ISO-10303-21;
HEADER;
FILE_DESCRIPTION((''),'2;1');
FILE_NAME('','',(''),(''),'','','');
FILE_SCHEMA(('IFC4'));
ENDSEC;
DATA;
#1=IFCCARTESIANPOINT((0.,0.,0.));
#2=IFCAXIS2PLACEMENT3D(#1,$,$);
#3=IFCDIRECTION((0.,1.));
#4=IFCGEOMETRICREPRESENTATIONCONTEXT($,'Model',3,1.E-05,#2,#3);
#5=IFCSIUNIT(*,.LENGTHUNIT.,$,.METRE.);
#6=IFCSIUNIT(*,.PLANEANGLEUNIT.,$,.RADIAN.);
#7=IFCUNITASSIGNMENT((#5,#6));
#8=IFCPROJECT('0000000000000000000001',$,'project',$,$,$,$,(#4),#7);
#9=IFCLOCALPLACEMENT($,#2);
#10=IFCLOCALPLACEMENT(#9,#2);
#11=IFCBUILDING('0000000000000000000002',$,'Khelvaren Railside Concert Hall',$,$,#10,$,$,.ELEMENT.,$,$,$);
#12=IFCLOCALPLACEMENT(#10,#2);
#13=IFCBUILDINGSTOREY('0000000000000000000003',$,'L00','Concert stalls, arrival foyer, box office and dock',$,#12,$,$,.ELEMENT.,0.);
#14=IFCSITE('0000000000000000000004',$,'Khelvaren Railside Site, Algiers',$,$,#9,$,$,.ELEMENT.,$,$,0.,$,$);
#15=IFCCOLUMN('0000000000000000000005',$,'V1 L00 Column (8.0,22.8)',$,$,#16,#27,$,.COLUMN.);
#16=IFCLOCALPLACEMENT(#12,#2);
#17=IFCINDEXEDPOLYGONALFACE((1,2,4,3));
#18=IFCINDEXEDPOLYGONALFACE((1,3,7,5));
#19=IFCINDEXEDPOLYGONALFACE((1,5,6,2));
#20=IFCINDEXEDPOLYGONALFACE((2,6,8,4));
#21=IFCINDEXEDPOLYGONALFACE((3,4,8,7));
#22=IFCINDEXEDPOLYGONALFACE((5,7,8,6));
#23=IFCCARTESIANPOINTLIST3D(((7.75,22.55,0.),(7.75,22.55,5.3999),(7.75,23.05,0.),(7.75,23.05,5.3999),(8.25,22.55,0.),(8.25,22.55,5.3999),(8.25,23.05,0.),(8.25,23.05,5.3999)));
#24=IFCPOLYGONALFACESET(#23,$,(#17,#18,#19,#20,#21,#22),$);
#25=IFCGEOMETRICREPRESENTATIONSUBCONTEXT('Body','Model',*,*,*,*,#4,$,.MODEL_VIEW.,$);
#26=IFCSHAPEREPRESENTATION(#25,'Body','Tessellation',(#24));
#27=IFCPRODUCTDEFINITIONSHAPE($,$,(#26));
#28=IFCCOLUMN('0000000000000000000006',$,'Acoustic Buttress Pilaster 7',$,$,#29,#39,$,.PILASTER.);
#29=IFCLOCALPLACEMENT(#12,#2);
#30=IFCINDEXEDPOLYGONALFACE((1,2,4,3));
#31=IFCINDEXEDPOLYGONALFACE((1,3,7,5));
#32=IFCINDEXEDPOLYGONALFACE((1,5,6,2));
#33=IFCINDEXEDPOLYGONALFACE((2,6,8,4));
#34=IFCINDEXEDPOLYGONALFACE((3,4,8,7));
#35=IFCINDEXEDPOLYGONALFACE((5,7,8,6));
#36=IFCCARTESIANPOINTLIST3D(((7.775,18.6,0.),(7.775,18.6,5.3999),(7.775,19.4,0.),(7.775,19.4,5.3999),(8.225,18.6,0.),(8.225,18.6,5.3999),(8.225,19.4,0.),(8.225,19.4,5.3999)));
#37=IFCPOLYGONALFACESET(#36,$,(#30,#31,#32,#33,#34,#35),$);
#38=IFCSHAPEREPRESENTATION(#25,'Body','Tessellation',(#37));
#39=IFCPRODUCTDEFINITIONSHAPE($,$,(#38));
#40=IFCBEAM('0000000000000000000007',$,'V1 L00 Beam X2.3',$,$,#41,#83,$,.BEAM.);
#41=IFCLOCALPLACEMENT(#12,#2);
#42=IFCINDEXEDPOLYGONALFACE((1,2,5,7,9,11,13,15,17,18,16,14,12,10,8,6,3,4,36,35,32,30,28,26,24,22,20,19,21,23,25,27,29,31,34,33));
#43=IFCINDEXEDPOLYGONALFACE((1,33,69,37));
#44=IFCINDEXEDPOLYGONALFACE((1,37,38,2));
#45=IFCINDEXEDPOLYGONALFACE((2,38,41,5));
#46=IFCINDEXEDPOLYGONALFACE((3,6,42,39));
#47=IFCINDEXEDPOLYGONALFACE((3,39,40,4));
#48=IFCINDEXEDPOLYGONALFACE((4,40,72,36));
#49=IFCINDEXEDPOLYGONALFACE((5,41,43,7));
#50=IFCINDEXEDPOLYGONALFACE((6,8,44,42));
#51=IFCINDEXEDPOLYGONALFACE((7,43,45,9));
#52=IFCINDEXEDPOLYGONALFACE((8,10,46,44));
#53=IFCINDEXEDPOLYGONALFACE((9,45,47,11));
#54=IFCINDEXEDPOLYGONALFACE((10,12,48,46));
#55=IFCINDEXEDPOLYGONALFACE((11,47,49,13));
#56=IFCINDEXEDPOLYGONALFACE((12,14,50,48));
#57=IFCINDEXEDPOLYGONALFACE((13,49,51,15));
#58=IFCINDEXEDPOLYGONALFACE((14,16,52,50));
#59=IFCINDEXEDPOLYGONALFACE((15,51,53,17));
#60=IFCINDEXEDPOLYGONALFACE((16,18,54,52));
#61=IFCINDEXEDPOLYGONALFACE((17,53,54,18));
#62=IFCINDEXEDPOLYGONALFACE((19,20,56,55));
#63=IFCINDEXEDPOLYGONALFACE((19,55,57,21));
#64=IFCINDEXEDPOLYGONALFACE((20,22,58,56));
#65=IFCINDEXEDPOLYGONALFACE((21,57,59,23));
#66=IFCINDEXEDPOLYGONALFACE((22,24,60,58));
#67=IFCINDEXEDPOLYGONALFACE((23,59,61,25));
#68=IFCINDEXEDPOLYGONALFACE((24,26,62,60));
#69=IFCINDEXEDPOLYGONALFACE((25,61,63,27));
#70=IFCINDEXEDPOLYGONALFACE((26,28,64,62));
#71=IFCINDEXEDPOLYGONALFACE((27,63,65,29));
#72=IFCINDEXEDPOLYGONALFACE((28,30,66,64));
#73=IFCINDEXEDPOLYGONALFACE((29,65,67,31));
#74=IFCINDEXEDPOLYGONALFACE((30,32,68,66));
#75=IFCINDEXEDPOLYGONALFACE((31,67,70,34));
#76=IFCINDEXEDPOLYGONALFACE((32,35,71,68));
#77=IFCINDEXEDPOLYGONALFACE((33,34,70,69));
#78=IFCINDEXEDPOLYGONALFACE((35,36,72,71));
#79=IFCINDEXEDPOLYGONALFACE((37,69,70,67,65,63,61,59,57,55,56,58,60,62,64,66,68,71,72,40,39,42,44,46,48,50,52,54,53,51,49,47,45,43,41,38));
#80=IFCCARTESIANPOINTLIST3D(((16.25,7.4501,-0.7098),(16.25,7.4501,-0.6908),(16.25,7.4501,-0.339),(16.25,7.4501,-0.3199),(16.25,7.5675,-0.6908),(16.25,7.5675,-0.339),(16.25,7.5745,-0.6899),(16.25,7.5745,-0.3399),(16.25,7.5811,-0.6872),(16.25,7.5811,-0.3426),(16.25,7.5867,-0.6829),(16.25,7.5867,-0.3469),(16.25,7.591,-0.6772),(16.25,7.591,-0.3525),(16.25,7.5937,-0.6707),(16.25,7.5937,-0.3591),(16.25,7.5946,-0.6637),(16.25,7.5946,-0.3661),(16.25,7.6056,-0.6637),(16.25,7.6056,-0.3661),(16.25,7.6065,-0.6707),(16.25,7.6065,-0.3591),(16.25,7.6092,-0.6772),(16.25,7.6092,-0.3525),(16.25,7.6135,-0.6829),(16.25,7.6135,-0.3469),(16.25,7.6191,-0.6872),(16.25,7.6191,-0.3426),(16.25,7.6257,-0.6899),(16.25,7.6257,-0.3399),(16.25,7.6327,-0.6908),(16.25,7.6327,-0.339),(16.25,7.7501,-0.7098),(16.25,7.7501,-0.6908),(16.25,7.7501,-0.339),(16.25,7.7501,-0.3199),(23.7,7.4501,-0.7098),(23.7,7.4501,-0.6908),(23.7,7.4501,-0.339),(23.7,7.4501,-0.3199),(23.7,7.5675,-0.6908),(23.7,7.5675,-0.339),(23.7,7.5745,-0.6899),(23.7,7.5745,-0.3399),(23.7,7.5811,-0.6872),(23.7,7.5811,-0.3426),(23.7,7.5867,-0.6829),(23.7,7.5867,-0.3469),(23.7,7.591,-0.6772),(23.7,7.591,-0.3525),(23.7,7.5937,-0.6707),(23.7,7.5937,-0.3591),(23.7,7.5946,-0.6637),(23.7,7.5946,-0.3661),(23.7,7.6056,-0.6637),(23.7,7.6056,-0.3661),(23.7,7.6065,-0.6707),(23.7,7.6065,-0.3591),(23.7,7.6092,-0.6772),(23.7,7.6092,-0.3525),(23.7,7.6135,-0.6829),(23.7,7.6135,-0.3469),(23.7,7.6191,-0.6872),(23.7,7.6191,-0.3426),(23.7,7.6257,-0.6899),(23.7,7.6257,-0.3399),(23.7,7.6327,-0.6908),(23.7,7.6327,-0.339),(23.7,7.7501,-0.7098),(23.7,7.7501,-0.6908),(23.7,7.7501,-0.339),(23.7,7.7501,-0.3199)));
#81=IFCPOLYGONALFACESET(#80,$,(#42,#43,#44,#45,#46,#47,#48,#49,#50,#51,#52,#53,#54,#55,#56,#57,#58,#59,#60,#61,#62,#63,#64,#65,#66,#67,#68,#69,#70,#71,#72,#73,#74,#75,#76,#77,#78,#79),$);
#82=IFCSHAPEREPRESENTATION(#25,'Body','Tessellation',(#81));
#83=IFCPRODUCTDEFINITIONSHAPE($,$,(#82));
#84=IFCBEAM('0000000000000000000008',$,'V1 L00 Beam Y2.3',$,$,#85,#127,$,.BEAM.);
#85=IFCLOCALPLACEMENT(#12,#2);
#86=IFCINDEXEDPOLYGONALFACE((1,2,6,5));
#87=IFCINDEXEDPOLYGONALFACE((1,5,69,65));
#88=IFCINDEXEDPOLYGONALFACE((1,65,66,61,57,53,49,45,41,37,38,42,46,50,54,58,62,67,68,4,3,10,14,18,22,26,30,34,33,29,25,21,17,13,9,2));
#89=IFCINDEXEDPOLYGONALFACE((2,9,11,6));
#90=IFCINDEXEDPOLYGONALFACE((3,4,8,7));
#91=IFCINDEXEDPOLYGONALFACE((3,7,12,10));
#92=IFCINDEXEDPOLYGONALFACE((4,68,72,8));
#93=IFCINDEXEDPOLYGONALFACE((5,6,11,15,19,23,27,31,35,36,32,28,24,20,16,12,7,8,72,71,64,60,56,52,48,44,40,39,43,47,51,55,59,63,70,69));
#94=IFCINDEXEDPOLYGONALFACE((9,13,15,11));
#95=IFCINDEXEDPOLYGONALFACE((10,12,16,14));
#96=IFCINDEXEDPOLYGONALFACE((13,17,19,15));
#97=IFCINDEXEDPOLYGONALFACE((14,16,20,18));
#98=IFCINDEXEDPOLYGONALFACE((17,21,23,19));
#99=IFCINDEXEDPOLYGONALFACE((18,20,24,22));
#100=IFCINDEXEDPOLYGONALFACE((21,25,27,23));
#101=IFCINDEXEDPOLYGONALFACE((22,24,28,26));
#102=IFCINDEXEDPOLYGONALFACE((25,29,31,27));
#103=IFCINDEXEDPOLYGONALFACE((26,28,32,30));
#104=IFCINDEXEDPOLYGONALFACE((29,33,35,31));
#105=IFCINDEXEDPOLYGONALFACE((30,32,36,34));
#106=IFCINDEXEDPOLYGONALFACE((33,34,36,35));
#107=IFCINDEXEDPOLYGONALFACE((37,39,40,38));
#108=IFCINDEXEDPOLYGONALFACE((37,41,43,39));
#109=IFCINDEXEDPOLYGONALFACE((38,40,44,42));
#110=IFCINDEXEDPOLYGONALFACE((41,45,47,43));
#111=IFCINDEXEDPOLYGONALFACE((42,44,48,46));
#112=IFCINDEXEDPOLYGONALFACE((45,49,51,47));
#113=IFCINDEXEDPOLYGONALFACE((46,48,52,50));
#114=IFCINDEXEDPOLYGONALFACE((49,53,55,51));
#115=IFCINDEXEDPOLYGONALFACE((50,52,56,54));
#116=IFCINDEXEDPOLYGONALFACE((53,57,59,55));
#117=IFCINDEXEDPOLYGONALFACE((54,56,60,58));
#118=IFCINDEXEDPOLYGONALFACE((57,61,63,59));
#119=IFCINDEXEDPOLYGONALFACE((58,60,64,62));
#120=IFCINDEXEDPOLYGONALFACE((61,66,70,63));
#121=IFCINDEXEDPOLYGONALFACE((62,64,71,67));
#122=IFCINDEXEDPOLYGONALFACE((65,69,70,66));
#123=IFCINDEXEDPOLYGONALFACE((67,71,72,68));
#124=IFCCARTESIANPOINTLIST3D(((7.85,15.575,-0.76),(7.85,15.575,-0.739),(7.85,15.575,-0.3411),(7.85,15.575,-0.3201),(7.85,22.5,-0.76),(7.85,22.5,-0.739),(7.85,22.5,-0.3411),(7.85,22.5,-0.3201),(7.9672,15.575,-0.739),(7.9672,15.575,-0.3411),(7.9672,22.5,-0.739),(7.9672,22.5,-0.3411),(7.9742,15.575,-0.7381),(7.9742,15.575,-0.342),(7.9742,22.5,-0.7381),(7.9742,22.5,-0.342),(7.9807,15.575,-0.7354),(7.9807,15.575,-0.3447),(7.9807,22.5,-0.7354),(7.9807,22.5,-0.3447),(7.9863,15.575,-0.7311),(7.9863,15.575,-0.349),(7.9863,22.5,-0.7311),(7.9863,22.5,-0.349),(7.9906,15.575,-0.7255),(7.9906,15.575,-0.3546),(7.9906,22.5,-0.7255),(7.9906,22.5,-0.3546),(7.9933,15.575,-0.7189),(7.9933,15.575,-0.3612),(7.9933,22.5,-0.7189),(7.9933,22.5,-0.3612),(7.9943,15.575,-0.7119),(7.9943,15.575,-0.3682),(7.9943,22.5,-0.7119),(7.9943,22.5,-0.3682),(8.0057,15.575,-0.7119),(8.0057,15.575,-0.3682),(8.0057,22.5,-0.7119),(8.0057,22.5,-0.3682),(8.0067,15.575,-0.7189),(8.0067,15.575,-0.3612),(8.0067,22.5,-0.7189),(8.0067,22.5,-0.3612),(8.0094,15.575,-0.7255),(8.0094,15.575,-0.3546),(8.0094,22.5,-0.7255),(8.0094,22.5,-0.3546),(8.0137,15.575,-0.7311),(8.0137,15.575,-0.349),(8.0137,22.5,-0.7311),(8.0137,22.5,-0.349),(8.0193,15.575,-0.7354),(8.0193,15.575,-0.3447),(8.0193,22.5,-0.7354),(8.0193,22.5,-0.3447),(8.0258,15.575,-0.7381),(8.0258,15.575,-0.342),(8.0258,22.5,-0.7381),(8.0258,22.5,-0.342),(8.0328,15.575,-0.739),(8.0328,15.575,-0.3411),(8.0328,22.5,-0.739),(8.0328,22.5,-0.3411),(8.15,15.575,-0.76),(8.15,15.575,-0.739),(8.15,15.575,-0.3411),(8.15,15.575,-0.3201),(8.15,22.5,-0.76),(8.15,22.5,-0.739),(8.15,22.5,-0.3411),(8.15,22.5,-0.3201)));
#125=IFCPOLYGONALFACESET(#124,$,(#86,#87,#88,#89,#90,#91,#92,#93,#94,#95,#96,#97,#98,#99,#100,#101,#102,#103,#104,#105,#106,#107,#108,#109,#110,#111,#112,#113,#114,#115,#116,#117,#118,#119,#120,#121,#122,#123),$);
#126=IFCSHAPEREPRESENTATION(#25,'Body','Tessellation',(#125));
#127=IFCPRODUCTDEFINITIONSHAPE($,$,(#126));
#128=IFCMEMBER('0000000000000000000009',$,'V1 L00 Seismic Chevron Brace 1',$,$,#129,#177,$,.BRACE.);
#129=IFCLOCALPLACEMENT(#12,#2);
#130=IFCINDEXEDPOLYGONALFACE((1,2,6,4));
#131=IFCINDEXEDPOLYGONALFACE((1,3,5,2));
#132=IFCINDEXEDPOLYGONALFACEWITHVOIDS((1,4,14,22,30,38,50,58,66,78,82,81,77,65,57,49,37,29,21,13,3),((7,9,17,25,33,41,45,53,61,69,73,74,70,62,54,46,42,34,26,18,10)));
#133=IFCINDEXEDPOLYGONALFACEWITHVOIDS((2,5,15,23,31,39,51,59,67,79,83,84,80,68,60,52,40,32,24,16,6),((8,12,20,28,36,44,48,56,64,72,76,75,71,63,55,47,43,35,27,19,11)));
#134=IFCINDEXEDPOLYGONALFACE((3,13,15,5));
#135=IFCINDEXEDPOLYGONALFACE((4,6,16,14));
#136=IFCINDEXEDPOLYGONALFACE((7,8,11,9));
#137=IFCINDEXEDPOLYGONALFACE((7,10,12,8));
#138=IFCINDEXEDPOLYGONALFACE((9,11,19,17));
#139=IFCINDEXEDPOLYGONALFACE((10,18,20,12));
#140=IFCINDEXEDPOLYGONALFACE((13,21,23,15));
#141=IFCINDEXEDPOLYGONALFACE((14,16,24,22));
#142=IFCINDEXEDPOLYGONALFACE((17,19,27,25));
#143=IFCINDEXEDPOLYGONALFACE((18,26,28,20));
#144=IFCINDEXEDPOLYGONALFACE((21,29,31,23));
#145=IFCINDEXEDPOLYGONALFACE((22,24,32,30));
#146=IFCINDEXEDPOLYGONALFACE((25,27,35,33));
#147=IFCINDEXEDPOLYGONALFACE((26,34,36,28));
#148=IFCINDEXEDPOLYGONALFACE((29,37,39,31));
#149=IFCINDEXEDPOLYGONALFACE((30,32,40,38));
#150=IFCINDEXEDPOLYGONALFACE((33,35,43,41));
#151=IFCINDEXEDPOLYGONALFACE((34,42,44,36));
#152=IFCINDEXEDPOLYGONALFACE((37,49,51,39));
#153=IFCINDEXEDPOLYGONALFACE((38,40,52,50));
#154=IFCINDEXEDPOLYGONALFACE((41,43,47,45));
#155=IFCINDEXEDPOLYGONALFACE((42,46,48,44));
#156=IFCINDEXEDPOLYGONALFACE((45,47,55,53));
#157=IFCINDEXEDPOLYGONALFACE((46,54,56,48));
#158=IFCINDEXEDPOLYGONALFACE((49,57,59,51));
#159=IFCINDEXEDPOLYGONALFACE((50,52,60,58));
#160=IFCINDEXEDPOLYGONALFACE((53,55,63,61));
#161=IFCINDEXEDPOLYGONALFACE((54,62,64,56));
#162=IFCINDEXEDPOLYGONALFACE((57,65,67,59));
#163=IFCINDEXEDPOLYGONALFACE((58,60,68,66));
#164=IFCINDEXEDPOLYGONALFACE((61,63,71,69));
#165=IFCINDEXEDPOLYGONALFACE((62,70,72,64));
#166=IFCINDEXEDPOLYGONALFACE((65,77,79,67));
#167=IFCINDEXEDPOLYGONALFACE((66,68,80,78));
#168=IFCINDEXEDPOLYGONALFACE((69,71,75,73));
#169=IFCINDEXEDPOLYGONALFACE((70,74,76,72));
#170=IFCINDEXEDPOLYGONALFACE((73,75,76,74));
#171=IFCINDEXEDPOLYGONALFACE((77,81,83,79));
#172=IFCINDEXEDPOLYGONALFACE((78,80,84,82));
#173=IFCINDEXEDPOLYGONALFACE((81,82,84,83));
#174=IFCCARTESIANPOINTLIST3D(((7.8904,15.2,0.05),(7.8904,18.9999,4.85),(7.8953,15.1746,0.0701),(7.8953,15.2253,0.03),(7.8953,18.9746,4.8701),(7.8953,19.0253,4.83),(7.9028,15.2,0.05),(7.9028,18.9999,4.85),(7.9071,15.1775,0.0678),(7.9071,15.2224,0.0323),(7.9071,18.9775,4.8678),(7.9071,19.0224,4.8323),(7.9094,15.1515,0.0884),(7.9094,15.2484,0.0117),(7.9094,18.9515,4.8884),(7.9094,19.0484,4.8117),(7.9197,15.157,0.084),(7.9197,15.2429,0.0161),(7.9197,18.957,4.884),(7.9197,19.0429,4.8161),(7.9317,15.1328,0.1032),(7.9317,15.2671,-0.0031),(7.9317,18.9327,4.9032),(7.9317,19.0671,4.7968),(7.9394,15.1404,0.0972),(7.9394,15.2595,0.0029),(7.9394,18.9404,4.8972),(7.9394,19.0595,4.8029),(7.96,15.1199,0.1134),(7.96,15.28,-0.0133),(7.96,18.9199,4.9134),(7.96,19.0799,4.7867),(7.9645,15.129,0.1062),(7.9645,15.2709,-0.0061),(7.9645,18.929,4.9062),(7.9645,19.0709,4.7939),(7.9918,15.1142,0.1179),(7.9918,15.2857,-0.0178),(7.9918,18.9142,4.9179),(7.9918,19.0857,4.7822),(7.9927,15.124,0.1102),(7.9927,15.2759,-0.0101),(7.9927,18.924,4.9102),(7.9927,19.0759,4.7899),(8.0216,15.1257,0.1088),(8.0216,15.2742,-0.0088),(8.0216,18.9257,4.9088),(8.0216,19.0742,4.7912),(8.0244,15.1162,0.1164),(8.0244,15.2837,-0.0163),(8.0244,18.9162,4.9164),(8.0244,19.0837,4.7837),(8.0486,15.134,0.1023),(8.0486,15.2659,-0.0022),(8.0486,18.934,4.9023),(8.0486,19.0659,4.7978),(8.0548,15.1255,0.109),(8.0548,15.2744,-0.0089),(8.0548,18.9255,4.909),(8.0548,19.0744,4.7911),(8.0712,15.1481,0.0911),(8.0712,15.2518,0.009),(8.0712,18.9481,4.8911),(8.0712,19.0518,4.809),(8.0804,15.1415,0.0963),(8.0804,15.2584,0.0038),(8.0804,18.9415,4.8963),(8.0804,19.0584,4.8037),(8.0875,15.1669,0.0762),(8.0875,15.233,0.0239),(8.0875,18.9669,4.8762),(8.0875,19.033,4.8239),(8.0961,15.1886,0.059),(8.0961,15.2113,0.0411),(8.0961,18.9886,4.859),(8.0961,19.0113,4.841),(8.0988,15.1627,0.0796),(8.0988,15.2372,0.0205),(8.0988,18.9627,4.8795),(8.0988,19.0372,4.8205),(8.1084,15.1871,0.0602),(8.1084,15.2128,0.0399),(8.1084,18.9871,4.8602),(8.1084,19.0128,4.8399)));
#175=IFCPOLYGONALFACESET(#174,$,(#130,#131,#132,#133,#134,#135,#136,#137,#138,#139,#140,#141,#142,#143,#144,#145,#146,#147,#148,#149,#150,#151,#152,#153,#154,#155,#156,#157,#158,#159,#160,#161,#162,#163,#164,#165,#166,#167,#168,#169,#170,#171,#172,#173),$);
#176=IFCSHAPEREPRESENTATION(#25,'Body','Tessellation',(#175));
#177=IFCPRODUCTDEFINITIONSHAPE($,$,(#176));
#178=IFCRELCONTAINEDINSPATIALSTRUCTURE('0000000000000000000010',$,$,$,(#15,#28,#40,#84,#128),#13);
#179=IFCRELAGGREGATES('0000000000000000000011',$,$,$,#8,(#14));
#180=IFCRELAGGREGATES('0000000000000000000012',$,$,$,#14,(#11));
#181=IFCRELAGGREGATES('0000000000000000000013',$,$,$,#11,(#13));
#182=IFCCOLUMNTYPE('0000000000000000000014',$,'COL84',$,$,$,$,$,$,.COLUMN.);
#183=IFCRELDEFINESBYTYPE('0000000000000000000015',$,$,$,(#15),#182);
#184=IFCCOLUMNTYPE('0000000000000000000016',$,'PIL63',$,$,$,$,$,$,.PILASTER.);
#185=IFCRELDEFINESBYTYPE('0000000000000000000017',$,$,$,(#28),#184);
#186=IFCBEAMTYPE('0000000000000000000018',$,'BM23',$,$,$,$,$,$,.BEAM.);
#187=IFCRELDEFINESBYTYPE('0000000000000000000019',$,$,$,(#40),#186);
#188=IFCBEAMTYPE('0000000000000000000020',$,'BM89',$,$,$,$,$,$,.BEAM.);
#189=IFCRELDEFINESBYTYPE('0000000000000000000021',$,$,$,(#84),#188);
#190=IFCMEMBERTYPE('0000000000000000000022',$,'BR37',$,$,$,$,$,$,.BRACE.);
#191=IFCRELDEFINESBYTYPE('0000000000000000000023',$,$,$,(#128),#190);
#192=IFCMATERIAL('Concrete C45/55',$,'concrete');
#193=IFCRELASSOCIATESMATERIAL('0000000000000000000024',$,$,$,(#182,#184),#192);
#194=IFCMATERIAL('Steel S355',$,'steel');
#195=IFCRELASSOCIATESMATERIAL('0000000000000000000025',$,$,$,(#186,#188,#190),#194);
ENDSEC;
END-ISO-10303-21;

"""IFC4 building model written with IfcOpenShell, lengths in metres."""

from ifc_helpers import new_model, si_unit, direction, frame, origin, origin_2d, place, context, subcontext, project, spatial, rectangle, hollow_circle, i_section, extrude, material, material_profile, profile_set, type_object, element, save


model = new_model("IFC4")

# Units and contexts
model_context = context("Model", 3, precision=1e-05, world=origin(), true_north=direction((0.0, 1.0)))
body_context = subcontext(model_context, "Body", "Model", "MODEL_VIEW")
ifc_project = project(units=[si_unit("LENGTHUNIT", "METRE"), si_unit("PLANEANGLEUNIT", "RADIAN")], contexts=[model_context])

# Site, building, storey
site_placement = place(None, origin())
site = spatial("IfcSite", under=ifc_project, at=site_placement, Name="Khelvaren Railside Site, Algiers", CompositionType="ELEMENT", RefElevation=0.0)
building_placement = place(site_placement, origin())
building = spatial("IfcBuilding", under=site, at=building_placement, Name="Khelvaren Railside Concert Hall", CompositionType="ELEMENT")
storey_placement = place(building_placement, origin())
storey = spatial("IfcBuildingStorey", under=building, at=storey_placement, Name="L00", Description="Concert stalls, arrival foyer, box office and dock", CompositionType="ELEMENT", Elevation=0.0)

# Columns
ifc_material_1 = material(Name="Concrete C45/55", Category="concrete")
ifc_material_profile_1 = material_profile(ifc_material_1, rectangle(XDim=0.5, YDim=0.5, at=origin_2d()), Name="RC 500x500")
ifc_profile_set_1 = profile_set([ifc_material_profile_1], Name="Concrete C45/55")
column_type_1 = type_object("IfcColumnType", Name="COL84", PredefinedType="COLUMN", material=ifc_profile_set_1)
column_1_placement = place(storey_placement, frame((8.0, 22.8, 0.0), z_axis=(0.0, 0.0, 1.0), x_axis=(1.0, 0.0, 0.0)))
element("IfcColumn", 1, at=column_1_placement, inside=storey, type_object=column_type_1, Name="V1 L00 Column (8.0,22.8)", PredefinedType="COLUMN", context=body_context, shape_type="SweptSolid", body=[
    extrude(rectangle(XDim=0.5, YDim=0.5, at=origin_2d()), origin(), (0.0, 0.0, 1.0), 5.3999),
])
ifc_material_profile_2 = material_profile(ifc_material_1, rectangle(XDim=0.45, YDim=0.8, at=origin_2d()), Name="PIL 450x800")
ifc_profile_set_2 = profile_set([ifc_material_profile_2], Name="Concrete C45/55")
column_type_2 = type_object("IfcColumnType", Name="PIL63", PredefinedType="PILASTER", material=ifc_profile_set_2)
column_2_placement = place(storey_placement, frame((8.0, 19.0, 0.0), z_axis=(0.0, 0.0, 1.0), x_axis=(1.0, 0.0, 0.0)))
element("IfcColumn", 2, at=column_2_placement, inside=storey, type_object=column_type_2, Name="Acoustic Buttress Pilaster 7", PredefinedType="PILASTER", context=body_context, shape_type="SweptSolid", body=[
    extrude(rectangle(XDim=0.45, YDim=0.8, at=origin_2d()), origin(), (0.0, 0.0, 1.0), 5.3999),
])

# Beams
ifc_material_2 = material(Name="Steel S355", Category="steel")
ifc_material_profile_3 = material_profile(ifc_material_2, i_section(OverallWidth=0.3, OverallDepth=0.3899, WebThickness=0.011, FlangeThickness=0.019, FilletRadius=0.0271, at=origin_2d()), Name="HEA 400")
ifc_profile_set_3 = profile_set([ifc_material_profile_3], Name="Steel S355")
beam_type_1 = type_object("IfcBeamType", Name="BM23", PredefinedType="BEAM", material=ifc_profile_set_3)
beam_1_placement = place(storey_placement, frame((16.25, 7.6001, -0.5149), z_axis=(1.0, 0.0, 0.0), x_axis=(0.0, 1.0, 0.0)))
element("IfcBeam", 3, at=beam_1_placement, inside=storey, type_object=beam_type_1, Name="V1 L00 Beam X2.3", PredefinedType="BEAM", context=body_context, shape_type="SweptSolid", body=[
    extrude(i_section(OverallWidth=0.3, OverallDepth=0.3899, WebThickness=0.011, FlangeThickness=0.019, FilletRadius=0.0271, at=origin_2d()), origin(), (0.0, 0.0, 1.0), 7.45),
])
ifc_material_profile_4 = material_profile(ifc_material_2, i_section(OverallWidth=0.3, OverallDepth=0.4399, WebThickness=0.0115, FlangeThickness=0.021, FilletRadius=0.0271, at=origin_2d()), Name="HEA 450")
ifc_profile_set_4 = profile_set([ifc_material_profile_4], Name="Steel S355")
beam_type_2 = type_object("IfcBeamType", Name="BM89", PredefinedType="BEAM", material=ifc_profile_set_4)
beam_2_placement = place(storey_placement, frame((8.0, 15.575, -0.54), z_axis=(0.0, 1.0, 0.0), x_axis=(-1.0, 0.0, 0.0)))
element("IfcBeam", 4, at=beam_2_placement, inside=storey, type_object=beam_type_2, Name="V1 L00 Beam Y2.3", PredefinedType="BEAM", context=body_context, shape_type="SweptSolid", body=[
    extrude(i_section(OverallWidth=0.3, OverallDepth=0.4399, WebThickness=0.0115, FlangeThickness=0.021, FilletRadius=0.0271, at=origin_2d()), origin(), (0.0, 0.0, 1.0), 6.925),
])

# Member
ifc_material_profile_5 = material_profile(ifc_material_2, hollow_circle(Radius=0.1096, WallThickness=0.0125, at=origin_2d()), Name="CHS 219.1x12.5")
ifc_profile_set_5 = profile_set([ifc_material_profile_5], Name="Steel S355")
member_type_1 = type_object("IfcMemberType", Name="BR37", PredefinedType="BRACE", material=ifc_profile_set_5)
for number, where, z_axis, x_axis, name in (
    (5, (8.0, 15.2, 0.05), (0.0, 0.620704, 0.784045), (-1.0, 0.0, 0.0), "V1 L00 Seismic Chevron Brace 1"),
):
    element("IfcMember", number, at=place(storey_placement, frame(where, z_axis=z_axis, x_axis=x_axis)), inside=storey, type_object=member_type_1, Name=name, PredefinedType="BRACE", context=body_context, shape_type="SweptSolid", body=[
        extrude(hollow_circle(Radius=0.1096, WallThickness=0.0125, at=origin_2d()), origin(), (0.0, 0.0, 1.0), 6.1221),
    ])

save(model, "model.ifc")
